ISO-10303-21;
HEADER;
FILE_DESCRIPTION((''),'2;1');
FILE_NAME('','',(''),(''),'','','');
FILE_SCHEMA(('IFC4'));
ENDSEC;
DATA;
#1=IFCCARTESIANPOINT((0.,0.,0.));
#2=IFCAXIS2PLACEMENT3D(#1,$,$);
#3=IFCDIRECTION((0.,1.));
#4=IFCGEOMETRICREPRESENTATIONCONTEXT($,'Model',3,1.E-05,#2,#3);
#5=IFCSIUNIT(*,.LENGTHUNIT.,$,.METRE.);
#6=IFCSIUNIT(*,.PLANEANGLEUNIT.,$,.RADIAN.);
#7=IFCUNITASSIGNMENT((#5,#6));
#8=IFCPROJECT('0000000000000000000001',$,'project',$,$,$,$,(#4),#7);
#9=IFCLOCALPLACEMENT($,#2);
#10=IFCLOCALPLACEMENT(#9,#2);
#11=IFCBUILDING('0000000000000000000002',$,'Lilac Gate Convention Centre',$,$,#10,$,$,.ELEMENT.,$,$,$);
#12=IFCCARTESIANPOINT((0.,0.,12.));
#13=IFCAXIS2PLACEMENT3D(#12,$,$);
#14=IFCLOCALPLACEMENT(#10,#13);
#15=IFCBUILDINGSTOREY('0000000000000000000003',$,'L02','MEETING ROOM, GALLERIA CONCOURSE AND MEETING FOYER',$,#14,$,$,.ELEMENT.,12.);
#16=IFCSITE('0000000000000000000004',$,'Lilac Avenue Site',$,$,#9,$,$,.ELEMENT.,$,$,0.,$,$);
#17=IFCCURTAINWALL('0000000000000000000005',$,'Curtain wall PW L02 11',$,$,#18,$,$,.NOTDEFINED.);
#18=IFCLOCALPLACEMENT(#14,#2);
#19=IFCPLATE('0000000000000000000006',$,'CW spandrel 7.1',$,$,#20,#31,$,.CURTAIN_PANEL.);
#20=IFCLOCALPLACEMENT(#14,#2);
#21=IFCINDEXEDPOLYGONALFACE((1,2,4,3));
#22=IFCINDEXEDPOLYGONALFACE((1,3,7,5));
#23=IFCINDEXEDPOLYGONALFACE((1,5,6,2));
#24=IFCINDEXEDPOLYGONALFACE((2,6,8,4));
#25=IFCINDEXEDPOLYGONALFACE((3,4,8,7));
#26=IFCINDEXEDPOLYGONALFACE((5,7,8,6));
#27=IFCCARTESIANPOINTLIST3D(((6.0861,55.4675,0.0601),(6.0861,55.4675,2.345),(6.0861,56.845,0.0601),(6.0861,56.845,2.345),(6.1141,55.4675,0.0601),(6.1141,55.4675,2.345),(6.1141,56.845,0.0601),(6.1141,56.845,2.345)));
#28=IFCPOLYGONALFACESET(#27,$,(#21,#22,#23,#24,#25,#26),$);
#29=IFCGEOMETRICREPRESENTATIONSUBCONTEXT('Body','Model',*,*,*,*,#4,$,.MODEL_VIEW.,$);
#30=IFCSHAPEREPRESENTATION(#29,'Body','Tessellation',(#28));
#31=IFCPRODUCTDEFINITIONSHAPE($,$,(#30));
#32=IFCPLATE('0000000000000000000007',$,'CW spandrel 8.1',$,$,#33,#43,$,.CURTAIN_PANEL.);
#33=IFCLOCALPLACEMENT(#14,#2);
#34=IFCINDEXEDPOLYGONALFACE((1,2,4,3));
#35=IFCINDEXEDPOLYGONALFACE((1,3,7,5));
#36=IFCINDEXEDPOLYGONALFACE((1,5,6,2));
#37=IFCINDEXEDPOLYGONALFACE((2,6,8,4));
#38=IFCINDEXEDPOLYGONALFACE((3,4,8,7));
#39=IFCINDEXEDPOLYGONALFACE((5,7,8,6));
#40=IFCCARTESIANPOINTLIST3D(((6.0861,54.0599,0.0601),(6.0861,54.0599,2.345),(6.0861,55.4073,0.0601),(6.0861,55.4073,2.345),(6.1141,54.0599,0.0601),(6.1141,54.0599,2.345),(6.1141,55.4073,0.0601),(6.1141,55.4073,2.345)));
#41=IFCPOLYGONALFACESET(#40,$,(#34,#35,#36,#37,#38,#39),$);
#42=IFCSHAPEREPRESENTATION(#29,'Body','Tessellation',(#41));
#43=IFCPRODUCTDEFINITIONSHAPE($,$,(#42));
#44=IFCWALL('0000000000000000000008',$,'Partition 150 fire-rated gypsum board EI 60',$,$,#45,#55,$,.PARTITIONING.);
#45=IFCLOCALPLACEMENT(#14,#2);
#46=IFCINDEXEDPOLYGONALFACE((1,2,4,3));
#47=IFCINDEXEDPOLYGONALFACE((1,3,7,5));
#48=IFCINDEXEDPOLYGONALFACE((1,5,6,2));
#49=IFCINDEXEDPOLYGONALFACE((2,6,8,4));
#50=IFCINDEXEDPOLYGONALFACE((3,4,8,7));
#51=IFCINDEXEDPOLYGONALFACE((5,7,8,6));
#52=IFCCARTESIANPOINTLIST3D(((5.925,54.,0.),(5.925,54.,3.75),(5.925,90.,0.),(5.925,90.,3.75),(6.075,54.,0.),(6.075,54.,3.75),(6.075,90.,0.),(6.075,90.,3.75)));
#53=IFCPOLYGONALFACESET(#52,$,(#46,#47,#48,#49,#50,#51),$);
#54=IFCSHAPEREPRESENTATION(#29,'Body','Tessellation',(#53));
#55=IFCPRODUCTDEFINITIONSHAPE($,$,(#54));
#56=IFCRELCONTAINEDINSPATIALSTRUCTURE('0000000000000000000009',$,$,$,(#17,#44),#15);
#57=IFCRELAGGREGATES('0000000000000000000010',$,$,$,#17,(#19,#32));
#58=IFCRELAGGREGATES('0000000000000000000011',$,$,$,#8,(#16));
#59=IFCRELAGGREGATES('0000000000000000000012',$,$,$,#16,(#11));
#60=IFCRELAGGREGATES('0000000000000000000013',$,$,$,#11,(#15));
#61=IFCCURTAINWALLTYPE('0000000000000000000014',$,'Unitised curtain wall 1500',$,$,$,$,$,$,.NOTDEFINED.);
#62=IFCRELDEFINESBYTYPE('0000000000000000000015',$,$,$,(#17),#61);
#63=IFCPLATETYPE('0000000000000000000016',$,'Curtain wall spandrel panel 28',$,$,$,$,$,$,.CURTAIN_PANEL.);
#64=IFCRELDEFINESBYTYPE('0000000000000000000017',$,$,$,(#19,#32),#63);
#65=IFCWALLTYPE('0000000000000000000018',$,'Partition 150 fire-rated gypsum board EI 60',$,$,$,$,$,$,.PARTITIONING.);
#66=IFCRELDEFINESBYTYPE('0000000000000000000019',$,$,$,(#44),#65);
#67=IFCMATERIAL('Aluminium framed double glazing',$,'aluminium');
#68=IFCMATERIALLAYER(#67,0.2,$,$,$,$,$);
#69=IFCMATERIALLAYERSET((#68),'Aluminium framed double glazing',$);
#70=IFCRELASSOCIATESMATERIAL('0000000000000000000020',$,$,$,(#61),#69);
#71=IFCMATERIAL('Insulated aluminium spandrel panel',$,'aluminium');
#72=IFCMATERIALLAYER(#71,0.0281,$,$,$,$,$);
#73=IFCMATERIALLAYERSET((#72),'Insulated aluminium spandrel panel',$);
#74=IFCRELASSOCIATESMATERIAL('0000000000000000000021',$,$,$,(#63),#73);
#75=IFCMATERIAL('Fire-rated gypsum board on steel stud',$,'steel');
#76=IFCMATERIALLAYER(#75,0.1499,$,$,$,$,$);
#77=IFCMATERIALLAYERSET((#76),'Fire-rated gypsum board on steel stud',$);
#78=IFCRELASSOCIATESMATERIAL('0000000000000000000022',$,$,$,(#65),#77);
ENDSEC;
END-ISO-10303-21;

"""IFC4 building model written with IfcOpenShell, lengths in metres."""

from ifc_helpers import new_model, si_unit, direction, frame, frame_2d, origin, origin_2d, place, context, subcontext, project, spatial, rectangle, extrude, material, layer, layer_set, type_object, element, aggregate, save


model = new_model("IFC4")

# Units and contexts
model_context = context("Model", 3, precision=1e-05, world=origin(), true_north=direction((0.0, 1.0)))
body_context = subcontext(model_context, "Body", "Model", "MODEL_VIEW")
ifc_project = project(units=[si_unit("LENGTHUNIT", "METRE"), si_unit("PLANEANGLEUNIT", "RADIAN")], contexts=[model_context])

# Site, building, storey
site_placement = place(None, origin())
site = spatial("IfcSite", under=ifc_project, at=site_placement, Name="Lilac Avenue Site", CompositionType="ELEMENT", RefElevation=0.0)
building_placement = place(site_placement, origin())
building = spatial("IfcBuilding", under=site, at=building_placement, Name="Lilac Gate Convention Centre", CompositionType="ELEMENT")
storey_placement = place(building_placement, frame((0.0, 0.0, 12.0)))
storey = spatial("IfcBuildingStorey", under=building, at=storey_placement, Name="L02", Description="MEETING ROOM, GALLERIA CONCOURSE AND MEETING FOYER", CompositionType="ELEMENT", Elevation=12.0)

# Curtain wall
ifc_material_1 = material(Name="Aluminium framed double glazing", Category="aluminium")
ifc_layer_1 = layer(ifc_material_1, 0.2)
ifc_layer_set_1 = layer_set([ifc_layer_1], Name="Aluminium framed double glazing")
curtain_wall_type = type_object("IfcCurtainWallType", Name="Unitised curtain wall 1500", PredefinedType="NOTDEFINED", material=ifc_layer_set_1)
curtain_wall_placement = place(storey_placement, origin())
curtain_wall = element("IfcCurtainWall", 1, at=curtain_wall_placement, inside=storey, type_object=curtain_wall_type, Name="Curtain wall PW L02 11", PredefinedType="NOTDEFINED")

# Plates
ifc_material_2 = material(Name="Insulated aluminium spandrel panel", Category="aluminium")
ifc_layer_2 = layer(ifc_material_2, 0.0281)
ifc_layer_set_2 = layer_set([ifc_layer_2], Name="Insulated aluminium spandrel panel")
plate_type_1 = type_object("IfcPlateType", Name="Curtain wall spandrel panel 28", PredefinedType="CURTAIN_PANEL", material=ifc_layer_set_2)
plate_1_placement = place(storey_placement, frame((6.1001, 56.1562, 0.0601), z_axis=(0.0, 0.0, 1.0), x_axis=(0.0, -1.0, 0.0)))
plate_1 = element("IfcPlate", 2, at=plate_1_placement, type_object=plate_type_1, Name="CW spandrel 7.1", PredefinedType="CURTAIN_PANEL", context=body_context, shape_type="SweptSolid", body=[
    extrude(rectangle(XDim=1.3774, YDim=0.0281, at=origin_2d()), origin(), (0.0, 0.0, 1.0), 2.2849),
])
plate_2_placement = place(storey_placement, frame((6.1001, 54.7336, 0.0601), z_axis=(0.0, 0.0, 1.0), x_axis=(0.0, -1.0, 0.0)))
plate_2 = element("IfcPlate", 3, at=plate_2_placement, type_object=plate_type_1, Name="CW spandrel 8.1", PredefinedType="CURTAIN_PANEL", context=body_context, shape_type="SweptSolid", body=[
    extrude(rectangle(XDim=1.3474, YDim=0.0281, at=origin_2d()), origin(), (0.0, 0.0, 1.0), 2.2849),
])
aggregate(curtain_wall, [plate_1, plate_2])

# Wall
ifc_material_3 = material(Name="Fire-rated gypsum board on steel stud", Category="steel")
ifc_layer_3 = layer(ifc_material_3, 0.1499)
ifc_layer_set_3 = layer_set([ifc_layer_3], Name="Fire-rated gypsum board on steel stud")
wall_type = type_object("IfcWallType", Name="Partition 150 fire-rated gypsum board EI 60", PredefinedType="PARTITIONING", material=ifc_layer_set_3)
wall_placement = place(storey_placement, frame((6.0, 54.0, 0.0), z_axis=(0.0, 0.0, 1.0), x_axis=(0.0, 1.0, 0.0)))
element("IfcWall", 4, at=wall_placement, inside=storey, type_object=wall_type, Name="Partition 150 fire-rated gypsum board EI 60", PredefinedType="PARTITIONING", context=body_context, shape_type="SweptSolid", body=[
    extrude(rectangle(XDim=36.0, YDim=0.1499, at=frame_2d((18.0, 0.0))), origin(), (0.0, 0.0, 1.0), 3.75),
])

save(model, "model.ifc")
